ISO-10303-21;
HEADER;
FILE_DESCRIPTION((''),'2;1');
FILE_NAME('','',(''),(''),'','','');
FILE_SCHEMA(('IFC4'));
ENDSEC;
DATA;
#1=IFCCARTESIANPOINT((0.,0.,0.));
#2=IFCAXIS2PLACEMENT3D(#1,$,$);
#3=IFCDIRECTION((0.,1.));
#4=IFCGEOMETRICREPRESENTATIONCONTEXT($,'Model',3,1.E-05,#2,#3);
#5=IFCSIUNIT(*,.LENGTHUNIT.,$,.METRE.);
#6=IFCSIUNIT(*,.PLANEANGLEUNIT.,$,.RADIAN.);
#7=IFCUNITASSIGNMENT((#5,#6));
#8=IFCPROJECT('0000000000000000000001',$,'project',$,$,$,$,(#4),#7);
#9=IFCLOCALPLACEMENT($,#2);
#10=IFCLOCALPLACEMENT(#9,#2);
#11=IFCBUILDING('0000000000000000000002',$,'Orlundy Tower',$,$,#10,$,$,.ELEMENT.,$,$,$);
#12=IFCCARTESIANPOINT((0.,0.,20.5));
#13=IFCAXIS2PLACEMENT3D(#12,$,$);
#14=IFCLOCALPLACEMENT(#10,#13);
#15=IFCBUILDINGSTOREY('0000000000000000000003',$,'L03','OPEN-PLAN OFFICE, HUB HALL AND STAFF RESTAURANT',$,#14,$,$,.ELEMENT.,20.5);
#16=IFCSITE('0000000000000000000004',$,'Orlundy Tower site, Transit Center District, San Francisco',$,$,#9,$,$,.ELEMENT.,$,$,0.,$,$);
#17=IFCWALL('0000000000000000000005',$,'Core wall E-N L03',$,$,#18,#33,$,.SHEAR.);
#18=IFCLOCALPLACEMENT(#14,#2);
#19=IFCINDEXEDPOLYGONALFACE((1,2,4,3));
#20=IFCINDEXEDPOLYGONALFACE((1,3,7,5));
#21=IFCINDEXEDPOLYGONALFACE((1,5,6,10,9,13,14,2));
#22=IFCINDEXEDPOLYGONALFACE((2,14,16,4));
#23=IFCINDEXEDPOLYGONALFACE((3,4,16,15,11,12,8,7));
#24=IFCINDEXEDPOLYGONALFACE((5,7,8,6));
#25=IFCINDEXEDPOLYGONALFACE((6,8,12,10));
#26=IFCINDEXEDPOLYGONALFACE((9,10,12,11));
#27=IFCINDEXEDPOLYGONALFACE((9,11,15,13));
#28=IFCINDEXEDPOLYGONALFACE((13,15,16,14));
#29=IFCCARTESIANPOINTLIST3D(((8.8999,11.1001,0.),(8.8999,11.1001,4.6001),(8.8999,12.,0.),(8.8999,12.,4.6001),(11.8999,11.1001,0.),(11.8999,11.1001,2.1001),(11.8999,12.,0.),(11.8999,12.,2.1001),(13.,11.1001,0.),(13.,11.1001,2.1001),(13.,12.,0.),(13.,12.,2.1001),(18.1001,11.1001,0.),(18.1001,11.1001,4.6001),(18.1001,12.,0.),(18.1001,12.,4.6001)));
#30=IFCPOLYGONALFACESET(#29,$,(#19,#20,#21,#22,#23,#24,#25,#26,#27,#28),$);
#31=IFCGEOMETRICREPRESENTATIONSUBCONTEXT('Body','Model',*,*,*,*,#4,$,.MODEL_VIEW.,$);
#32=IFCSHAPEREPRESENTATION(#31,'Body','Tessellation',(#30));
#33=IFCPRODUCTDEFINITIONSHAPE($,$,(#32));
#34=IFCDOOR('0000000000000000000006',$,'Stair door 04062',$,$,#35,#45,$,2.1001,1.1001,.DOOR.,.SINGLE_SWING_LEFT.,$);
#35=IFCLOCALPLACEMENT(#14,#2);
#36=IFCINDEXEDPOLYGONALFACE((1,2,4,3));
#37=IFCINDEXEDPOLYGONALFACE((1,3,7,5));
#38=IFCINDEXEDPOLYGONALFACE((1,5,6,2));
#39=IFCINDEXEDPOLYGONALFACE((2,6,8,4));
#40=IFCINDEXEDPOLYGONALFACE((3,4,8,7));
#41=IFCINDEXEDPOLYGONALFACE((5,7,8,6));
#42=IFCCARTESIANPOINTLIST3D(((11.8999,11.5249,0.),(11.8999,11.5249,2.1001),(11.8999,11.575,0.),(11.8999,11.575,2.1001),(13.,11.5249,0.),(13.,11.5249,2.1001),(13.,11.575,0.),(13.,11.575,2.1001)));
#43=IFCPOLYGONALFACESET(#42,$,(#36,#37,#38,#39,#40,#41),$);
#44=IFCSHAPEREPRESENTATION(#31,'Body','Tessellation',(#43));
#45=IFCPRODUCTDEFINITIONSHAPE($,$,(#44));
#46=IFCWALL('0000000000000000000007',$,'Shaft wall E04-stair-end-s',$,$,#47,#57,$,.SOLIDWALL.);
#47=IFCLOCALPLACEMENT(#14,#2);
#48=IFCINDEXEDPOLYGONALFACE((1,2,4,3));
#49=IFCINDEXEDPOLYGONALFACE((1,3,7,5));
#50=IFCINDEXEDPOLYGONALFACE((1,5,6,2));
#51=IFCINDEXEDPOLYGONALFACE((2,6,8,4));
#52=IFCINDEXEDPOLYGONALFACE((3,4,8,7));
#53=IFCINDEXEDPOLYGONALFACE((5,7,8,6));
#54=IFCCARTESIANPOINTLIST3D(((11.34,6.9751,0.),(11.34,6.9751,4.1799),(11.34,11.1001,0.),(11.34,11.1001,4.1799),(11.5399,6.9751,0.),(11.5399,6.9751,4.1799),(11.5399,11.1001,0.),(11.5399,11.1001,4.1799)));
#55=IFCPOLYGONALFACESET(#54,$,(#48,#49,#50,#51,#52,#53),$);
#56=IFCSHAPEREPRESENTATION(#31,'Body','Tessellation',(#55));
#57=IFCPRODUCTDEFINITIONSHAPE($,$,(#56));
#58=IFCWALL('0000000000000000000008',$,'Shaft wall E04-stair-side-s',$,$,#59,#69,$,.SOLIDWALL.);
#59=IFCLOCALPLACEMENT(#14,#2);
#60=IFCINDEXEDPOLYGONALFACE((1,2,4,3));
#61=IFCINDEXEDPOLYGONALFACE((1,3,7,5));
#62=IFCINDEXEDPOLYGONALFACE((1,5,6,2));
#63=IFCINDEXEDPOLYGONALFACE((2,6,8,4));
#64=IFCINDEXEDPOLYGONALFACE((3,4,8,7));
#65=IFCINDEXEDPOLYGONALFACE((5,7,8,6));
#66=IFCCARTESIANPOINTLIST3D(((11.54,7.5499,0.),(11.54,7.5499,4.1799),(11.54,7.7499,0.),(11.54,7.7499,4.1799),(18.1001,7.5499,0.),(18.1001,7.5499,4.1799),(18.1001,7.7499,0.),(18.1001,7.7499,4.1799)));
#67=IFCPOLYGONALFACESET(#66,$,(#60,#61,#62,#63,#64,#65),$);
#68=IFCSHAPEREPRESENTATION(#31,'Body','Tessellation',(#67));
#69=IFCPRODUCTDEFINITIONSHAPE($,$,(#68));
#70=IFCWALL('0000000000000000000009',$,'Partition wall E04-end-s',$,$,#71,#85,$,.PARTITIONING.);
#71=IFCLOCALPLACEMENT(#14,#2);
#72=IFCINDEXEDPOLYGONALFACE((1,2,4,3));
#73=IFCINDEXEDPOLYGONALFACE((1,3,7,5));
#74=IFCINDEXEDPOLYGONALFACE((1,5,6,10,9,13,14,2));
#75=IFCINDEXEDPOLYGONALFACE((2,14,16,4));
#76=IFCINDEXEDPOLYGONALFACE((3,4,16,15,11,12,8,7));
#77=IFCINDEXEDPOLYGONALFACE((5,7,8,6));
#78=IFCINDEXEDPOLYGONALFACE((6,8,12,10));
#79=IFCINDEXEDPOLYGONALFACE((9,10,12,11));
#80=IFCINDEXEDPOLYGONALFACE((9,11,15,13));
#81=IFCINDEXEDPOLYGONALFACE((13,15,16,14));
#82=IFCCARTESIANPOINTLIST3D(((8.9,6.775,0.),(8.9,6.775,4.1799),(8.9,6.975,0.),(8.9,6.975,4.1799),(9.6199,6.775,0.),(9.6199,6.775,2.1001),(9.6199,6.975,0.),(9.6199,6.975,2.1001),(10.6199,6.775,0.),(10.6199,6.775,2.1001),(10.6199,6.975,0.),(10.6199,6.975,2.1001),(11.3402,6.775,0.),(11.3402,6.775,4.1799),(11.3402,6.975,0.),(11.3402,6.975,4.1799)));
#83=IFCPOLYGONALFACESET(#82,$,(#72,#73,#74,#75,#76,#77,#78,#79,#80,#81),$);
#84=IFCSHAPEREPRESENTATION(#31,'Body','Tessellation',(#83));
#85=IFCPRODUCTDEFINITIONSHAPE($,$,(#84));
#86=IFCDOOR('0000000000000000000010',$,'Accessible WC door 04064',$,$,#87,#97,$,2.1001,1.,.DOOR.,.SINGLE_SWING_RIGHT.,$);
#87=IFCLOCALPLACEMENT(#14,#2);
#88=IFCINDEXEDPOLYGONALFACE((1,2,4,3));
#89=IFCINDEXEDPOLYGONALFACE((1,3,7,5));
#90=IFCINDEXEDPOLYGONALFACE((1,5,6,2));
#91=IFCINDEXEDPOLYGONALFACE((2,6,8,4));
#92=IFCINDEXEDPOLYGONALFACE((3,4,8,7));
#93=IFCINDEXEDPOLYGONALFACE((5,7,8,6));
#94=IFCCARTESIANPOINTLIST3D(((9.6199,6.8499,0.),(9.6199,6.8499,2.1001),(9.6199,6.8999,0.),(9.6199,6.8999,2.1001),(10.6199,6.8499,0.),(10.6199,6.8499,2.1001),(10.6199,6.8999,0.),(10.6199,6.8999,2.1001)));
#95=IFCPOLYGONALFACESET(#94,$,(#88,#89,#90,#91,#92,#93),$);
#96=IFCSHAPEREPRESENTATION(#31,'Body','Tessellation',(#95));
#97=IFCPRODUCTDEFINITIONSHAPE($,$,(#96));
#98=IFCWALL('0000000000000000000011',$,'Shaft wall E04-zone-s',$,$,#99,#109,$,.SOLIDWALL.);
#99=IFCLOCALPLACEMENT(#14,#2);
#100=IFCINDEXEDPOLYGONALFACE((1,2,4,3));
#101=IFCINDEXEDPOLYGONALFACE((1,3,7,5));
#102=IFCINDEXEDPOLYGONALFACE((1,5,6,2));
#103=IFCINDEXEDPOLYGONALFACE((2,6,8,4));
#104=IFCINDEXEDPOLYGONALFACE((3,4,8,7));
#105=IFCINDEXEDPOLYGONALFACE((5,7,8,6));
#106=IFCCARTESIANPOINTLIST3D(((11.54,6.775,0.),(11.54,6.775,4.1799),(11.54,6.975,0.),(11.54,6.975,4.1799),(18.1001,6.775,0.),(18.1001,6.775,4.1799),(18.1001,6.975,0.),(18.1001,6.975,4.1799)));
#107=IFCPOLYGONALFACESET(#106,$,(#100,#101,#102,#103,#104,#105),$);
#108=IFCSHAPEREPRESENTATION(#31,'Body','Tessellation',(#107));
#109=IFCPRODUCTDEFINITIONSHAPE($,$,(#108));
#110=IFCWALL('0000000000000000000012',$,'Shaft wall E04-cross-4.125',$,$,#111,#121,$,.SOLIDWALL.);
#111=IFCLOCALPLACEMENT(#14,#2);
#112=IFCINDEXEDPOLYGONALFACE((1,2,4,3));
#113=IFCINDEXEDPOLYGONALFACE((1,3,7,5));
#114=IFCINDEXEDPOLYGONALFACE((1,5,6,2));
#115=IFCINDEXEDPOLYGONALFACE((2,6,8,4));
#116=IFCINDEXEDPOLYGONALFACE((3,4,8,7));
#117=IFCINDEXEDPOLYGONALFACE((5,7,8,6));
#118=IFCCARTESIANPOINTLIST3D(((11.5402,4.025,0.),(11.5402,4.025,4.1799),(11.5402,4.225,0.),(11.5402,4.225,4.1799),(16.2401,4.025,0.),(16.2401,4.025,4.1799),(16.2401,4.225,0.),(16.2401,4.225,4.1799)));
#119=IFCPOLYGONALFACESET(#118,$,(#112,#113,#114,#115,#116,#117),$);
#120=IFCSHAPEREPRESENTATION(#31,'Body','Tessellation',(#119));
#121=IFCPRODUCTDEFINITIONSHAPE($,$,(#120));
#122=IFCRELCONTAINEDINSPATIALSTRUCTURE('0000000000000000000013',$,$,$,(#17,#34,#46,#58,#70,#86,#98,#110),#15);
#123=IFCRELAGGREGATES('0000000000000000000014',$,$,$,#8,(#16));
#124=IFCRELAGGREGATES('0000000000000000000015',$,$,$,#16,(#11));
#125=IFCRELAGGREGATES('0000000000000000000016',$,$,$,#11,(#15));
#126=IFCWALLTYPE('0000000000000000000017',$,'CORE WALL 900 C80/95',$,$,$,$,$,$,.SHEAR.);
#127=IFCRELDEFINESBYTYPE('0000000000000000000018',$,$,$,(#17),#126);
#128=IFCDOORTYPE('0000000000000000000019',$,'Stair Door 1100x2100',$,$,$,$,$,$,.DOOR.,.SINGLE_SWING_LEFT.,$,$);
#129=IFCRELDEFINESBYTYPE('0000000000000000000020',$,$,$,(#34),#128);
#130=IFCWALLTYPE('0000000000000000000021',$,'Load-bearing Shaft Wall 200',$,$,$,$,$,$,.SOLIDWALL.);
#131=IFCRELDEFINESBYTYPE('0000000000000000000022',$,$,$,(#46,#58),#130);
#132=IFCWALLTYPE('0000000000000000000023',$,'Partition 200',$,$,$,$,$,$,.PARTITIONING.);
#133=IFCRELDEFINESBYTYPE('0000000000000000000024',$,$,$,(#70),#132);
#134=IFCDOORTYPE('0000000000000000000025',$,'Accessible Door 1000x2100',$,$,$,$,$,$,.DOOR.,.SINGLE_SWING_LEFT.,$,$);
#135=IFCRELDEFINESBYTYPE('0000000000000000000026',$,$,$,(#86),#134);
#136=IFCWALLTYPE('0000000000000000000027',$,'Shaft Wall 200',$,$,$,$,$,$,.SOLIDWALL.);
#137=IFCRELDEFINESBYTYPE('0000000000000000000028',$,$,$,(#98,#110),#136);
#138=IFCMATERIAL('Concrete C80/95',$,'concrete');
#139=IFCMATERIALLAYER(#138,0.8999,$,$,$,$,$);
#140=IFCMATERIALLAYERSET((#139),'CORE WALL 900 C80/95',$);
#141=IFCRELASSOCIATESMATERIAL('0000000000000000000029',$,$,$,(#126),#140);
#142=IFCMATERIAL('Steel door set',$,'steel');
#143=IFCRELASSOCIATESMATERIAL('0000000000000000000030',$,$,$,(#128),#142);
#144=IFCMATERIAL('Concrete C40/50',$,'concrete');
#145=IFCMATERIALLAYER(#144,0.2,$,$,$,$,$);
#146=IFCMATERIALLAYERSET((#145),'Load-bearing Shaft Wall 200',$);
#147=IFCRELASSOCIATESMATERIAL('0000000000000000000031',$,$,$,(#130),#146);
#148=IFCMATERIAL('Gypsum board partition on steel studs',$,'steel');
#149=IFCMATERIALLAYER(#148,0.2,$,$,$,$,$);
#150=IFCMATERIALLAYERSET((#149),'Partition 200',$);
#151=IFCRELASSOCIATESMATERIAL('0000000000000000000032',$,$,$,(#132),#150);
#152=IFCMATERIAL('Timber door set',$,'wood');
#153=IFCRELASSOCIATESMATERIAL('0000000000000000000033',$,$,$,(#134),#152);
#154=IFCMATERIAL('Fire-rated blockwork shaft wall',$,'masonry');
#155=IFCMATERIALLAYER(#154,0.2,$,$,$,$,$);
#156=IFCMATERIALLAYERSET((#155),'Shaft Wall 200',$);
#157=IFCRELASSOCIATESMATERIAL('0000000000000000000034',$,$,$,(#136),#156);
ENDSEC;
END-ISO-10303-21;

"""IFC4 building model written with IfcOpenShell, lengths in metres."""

from ifc_helpers import new_model, si_unit, direction, frame, frame_2d, origin, place, context, subcontext, project, spatial, rectangle, extrude, material, layer, layer_set, type_object, element, fill, save


model = new_model("IFC4")

# Units and contexts
model_context = context("Model", 3, precision=1e-05, world=origin(), true_north=direction((0.0, 1.0)))
body_context = subcontext(model_context, "Body", "Model", "MODEL_VIEW")
ifc_project = project(units=[si_unit("LENGTHUNIT", "METRE"), si_unit("PLANEANGLEUNIT", "RADIAN")], contexts=[model_context])

# Site, building, storey
site_placement = place(None, origin())
site = spatial("IfcSite", under=ifc_project, at=site_placement, Name="Orlundy Tower site, Transit Center District, San Francisco", CompositionType="ELEMENT", RefElevation=0.0)
building_placement = place(site_placement, origin())
building = spatial("IfcBuilding", under=site, at=building_placement, Name="Orlundy Tower", CompositionType="ELEMENT")
storey_placement = place(building_placement, frame((0.0, 0.0, 20.5)))
storey = spatial("IfcBuildingStorey", under=building, at=storey_placement, Name="L03", Description="OPEN-PLAN OFFICE, HUB HALL AND STAFF RESTAURANT", CompositionType="ELEMENT", Elevation=20.5)

# Wall, opening, door
ifc_material_1 = material(Name="Concrete C80/95", Category="concrete")
ifc_layer_1 = layer(ifc_material_1, 0.8999)
ifc_layer_set_1 = layer_set([ifc_layer_1], Name="CORE WALL 900 C80/95")
wall_type_1 = type_object("IfcWallType", Name="CORE WALL 900 C80/95", PredefinedType="SHEAR", material=ifc_layer_set_1)
wall_1_placement = place(storey_placement, frame((8.8999, 11.55, 0.0), z_axis=(0.0, 0.0, 1.0), x_axis=(1.0, 0.0, 0.0)))
wall_1 = element("IfcWall", 1, at=wall_1_placement, inside=storey, type_object=wall_type_1, Name="Core wall E-N L03", PredefinedType="SHEAR", context=body_context, shape_type="SweptSolid", body=[
    extrude(rectangle(XDim=9.2002, YDim=0.8999, at=frame_2d((4.6001, 0.0))), origin(), (0.0, 0.0, 1.0), 4.6001),
])
opening_1_placement = place(wall_1_placement, frame((3.0, 0.0, 0.0)))
opening_1 = element("IfcOpeningElement", 2, at=opening_1_placement, cuts=wall_1, PredefinedType="OPENING", context=body_context, shape_type="SweptSolid", body=[
    extrude(rectangle(XDim=1.1001, YDim=2.1001, at=frame_2d((0.55, 1.05))), frame((0.0, 0.46, 0.0), z_axis=(0.0, -1.0, 0.0), x_axis=(1.0, 0.0, 0.0)), (0.0, 0.0, 1.0), 0.9199),
])
ifc_material_2 = material(Name="Steel door set", Category="steel")
door_type_1 = type_object("IfcDoorType", Name="Stair Door 1100x2100", OperationType="SINGLE_SWING_LEFT", PredefinedType="DOOR", material=ifc_material_2)
door_1_placement = place(opening_1_placement, origin())
door_1 = element("IfcDoor", 3, at=door_1_placement, inside=storey, type_object=door_type_1, Name="Stair door 04062", OperationType="SINGLE_SWING_LEFT", OverallHeight=2.1001, OverallWidth=1.1001, PredefinedType="DOOR", context=body_context, shape_type="SweptSolid", body=[
    extrude(rectangle(XDim=1.1001, YDim=2.1001, at=frame_2d((0.55, 1.05))), frame((0.0, 0.0249, 0.0), z_axis=(0.0, -1.0, 0.0), x_axis=(1.0, 0.0, 0.0)), (0.0, 0.0, 1.0), 0.05),
])
fill(opening_1, door_1)

# Walls
ifc_material_3 = material(Name="Concrete C40/50", Category="concrete")
ifc_layer_2 = layer(ifc_material_3, 0.2)
ifc_layer_set_2 = layer_set([ifc_layer_2], Name="Load-bearing Shaft Wall 200")
wall_type_2 = type_object("IfcWallType", Name="Load-bearing Shaft Wall 200", PredefinedType="SOLIDWALL", material=ifc_layer_set_2)
wall_2_placement = place(storey_placement, frame((11.4399, 11.1001, 0.0), z_axis=(0.0, 0.0, 1.0), x_axis=(0.0, -1.0, 0.0)))
element("IfcWall", 4, at=wall_2_placement, inside=storey, type_object=wall_type_2, Name="Shaft wall E04-stair-end-s", PredefinedType="SOLIDWALL", context=body_context, shape_type="SweptSolid", body=[
    extrude(rectangle(XDim=4.125, YDim=0.2, at=frame_2d((2.0625, 0.0))), origin(), (0.0, 0.0, 1.0), 4.1799),
])
wall_3_placement = place(storey_placement, frame((11.54, 7.6499, 0.0), z_axis=(0.0, 0.0, 1.0), x_axis=(1.0, 0.0, 0.0)))
element("IfcWall", 5, at=wall_3_placement, inside=storey, type_object=wall_type_2, Name="Shaft wall E04-stair-side-s", PredefinedType="SOLIDWALL", context=body_context, shape_type="SweptSolid", body=[
    extrude(rectangle(XDim=6.5601, YDim=0.2, at=frame_2d((3.28, 0.0))), origin(), (0.0, 0.0, 1.0), 4.1799),
])

# Wall, opening, door
ifc_material_4 = material(Name="Gypsum board partition on steel studs", Category="steel")
ifc_layer_3 = layer(ifc_material_4, 0.2)
ifc_layer_set_3 = layer_set([ifc_layer_3], Name="Partition 200")
wall_type_3 = type_object("IfcWallType", Name="Partition 200", PredefinedType="PARTITIONING", material=ifc_layer_set_3)
wall_4_placement = place(storey_placement, frame((8.8999, 6.875, 0.0), z_axis=(0.0, 0.0, 1.0), x_axis=(1.0, 0.0, 0.0)))
wall_4 = element("IfcWall", 6, at=wall_4_placement, inside=storey, type_object=wall_type_3, Name="Partition wall E04-end-s", PredefinedType="PARTITIONING", context=body_context, shape_type="SweptSolid", body=[
    extrude(rectangle(XDim=2.4402, YDim=0.2, at=frame_2d((1.2202, 0.0))), origin(), (0.0, 0.0, 1.0), 4.1799),
])
opening_2_placement = place(wall_4_placement, frame((0.72, 0.0, 0.0)))
opening_2 = element("IfcOpeningElement", 7, at=opening_2_placement, cuts=wall_4, PredefinedType="OPENING", context=body_context, shape_type="SweptSolid", body=[
    extrude(rectangle(XDim=1.0, YDim=2.1001, at=frame_2d((0.5, 1.05))), frame((0.0, 0.1101, 0.0), z_axis=(0.0, -1.0, 0.0), x_axis=(1.0, 0.0, 0.0)), (0.0, 0.0, 1.0), 0.2202),
])
ifc_material_5 = material(Name="Timber door set", Category="wood")
door_type_2 = type_object("IfcDoorType", Name="Accessible Door 1000x2100", OperationType="SINGLE_SWING_LEFT", PredefinedType="DOOR", material=ifc_material_5)
door_2_placement = place(opening_2_placement, origin())
door_2 = element("IfcDoor", 8, at=door_2_placement, inside=storey, type_object=door_type_2, Name="Accessible WC door 04064", OperationType="SINGLE_SWING_RIGHT", OverallHeight=2.1001, OverallWidth=1.0, PredefinedType="DOOR", context=body_context, shape_type="SweptSolid", body=[
    extrude(rectangle(XDim=1.0, YDim=2.1001, at=frame_2d((0.5, 1.05))), frame((0.0, 0.0249, 0.0), z_axis=(0.0, -1.0, 0.0), x_axis=(1.0, 0.0, 0.0)), (0.0, 0.0, 1.0), 0.05),
])
fill(opening_2, door_2)

# Walls
ifc_material_6 = material(Name="Fire-rated blockwork shaft wall", Category="masonry")
ifc_layer_4 = layer(ifc_material_6, 0.2)
ifc_layer_set_4 = layer_set([ifc_layer_4], Name="Shaft Wall 200")
wall_type_4 = type_object("IfcWallType", Name="Shaft Wall 200", PredefinedType="SOLIDWALL", material=ifc_layer_set_4)
wall_5_placement = place(storey_placement, frame((11.54, 6.875, 0.0), z_axis=(0.0, 0.0, 1.0), x_axis=(1.0, 0.0, 0.0)))
element("IfcWall", 9, at=wall_5_placement, inside=storey, type_object=wall_type_4, Name="Shaft wall E04-zone-s", PredefinedType="SOLIDWALL", context=body_context, shape_type="SweptSolid", body=[
    extrude(rectangle(XDim=6.5601, YDim=0.2, at=frame_2d((3.28, 0.0))), origin(), (0.0, 0.0, 1.0), 4.1799),
])
wall_6_placement = place(storey_placement, frame((11.54, 4.125, 0.0), z_axis=(0.0, 0.0, 1.0), x_axis=(1.0, 0.0, 0.0)))
element("IfcWall", 10, at=wall_6_placement, inside=storey, type_object=wall_type_4, Name="Shaft wall E04-cross-4.125", PredefinedType="SOLIDWALL", context=body_context, shape_type="SweptSolid", body=[
    extrude(rectangle(XDim=4.7, YDim=0.2, at=frame_2d((2.3501, 0.0))), origin(), (0.0, 0.0, 1.0), 4.1799),
])

save(model, "model.ifc")
